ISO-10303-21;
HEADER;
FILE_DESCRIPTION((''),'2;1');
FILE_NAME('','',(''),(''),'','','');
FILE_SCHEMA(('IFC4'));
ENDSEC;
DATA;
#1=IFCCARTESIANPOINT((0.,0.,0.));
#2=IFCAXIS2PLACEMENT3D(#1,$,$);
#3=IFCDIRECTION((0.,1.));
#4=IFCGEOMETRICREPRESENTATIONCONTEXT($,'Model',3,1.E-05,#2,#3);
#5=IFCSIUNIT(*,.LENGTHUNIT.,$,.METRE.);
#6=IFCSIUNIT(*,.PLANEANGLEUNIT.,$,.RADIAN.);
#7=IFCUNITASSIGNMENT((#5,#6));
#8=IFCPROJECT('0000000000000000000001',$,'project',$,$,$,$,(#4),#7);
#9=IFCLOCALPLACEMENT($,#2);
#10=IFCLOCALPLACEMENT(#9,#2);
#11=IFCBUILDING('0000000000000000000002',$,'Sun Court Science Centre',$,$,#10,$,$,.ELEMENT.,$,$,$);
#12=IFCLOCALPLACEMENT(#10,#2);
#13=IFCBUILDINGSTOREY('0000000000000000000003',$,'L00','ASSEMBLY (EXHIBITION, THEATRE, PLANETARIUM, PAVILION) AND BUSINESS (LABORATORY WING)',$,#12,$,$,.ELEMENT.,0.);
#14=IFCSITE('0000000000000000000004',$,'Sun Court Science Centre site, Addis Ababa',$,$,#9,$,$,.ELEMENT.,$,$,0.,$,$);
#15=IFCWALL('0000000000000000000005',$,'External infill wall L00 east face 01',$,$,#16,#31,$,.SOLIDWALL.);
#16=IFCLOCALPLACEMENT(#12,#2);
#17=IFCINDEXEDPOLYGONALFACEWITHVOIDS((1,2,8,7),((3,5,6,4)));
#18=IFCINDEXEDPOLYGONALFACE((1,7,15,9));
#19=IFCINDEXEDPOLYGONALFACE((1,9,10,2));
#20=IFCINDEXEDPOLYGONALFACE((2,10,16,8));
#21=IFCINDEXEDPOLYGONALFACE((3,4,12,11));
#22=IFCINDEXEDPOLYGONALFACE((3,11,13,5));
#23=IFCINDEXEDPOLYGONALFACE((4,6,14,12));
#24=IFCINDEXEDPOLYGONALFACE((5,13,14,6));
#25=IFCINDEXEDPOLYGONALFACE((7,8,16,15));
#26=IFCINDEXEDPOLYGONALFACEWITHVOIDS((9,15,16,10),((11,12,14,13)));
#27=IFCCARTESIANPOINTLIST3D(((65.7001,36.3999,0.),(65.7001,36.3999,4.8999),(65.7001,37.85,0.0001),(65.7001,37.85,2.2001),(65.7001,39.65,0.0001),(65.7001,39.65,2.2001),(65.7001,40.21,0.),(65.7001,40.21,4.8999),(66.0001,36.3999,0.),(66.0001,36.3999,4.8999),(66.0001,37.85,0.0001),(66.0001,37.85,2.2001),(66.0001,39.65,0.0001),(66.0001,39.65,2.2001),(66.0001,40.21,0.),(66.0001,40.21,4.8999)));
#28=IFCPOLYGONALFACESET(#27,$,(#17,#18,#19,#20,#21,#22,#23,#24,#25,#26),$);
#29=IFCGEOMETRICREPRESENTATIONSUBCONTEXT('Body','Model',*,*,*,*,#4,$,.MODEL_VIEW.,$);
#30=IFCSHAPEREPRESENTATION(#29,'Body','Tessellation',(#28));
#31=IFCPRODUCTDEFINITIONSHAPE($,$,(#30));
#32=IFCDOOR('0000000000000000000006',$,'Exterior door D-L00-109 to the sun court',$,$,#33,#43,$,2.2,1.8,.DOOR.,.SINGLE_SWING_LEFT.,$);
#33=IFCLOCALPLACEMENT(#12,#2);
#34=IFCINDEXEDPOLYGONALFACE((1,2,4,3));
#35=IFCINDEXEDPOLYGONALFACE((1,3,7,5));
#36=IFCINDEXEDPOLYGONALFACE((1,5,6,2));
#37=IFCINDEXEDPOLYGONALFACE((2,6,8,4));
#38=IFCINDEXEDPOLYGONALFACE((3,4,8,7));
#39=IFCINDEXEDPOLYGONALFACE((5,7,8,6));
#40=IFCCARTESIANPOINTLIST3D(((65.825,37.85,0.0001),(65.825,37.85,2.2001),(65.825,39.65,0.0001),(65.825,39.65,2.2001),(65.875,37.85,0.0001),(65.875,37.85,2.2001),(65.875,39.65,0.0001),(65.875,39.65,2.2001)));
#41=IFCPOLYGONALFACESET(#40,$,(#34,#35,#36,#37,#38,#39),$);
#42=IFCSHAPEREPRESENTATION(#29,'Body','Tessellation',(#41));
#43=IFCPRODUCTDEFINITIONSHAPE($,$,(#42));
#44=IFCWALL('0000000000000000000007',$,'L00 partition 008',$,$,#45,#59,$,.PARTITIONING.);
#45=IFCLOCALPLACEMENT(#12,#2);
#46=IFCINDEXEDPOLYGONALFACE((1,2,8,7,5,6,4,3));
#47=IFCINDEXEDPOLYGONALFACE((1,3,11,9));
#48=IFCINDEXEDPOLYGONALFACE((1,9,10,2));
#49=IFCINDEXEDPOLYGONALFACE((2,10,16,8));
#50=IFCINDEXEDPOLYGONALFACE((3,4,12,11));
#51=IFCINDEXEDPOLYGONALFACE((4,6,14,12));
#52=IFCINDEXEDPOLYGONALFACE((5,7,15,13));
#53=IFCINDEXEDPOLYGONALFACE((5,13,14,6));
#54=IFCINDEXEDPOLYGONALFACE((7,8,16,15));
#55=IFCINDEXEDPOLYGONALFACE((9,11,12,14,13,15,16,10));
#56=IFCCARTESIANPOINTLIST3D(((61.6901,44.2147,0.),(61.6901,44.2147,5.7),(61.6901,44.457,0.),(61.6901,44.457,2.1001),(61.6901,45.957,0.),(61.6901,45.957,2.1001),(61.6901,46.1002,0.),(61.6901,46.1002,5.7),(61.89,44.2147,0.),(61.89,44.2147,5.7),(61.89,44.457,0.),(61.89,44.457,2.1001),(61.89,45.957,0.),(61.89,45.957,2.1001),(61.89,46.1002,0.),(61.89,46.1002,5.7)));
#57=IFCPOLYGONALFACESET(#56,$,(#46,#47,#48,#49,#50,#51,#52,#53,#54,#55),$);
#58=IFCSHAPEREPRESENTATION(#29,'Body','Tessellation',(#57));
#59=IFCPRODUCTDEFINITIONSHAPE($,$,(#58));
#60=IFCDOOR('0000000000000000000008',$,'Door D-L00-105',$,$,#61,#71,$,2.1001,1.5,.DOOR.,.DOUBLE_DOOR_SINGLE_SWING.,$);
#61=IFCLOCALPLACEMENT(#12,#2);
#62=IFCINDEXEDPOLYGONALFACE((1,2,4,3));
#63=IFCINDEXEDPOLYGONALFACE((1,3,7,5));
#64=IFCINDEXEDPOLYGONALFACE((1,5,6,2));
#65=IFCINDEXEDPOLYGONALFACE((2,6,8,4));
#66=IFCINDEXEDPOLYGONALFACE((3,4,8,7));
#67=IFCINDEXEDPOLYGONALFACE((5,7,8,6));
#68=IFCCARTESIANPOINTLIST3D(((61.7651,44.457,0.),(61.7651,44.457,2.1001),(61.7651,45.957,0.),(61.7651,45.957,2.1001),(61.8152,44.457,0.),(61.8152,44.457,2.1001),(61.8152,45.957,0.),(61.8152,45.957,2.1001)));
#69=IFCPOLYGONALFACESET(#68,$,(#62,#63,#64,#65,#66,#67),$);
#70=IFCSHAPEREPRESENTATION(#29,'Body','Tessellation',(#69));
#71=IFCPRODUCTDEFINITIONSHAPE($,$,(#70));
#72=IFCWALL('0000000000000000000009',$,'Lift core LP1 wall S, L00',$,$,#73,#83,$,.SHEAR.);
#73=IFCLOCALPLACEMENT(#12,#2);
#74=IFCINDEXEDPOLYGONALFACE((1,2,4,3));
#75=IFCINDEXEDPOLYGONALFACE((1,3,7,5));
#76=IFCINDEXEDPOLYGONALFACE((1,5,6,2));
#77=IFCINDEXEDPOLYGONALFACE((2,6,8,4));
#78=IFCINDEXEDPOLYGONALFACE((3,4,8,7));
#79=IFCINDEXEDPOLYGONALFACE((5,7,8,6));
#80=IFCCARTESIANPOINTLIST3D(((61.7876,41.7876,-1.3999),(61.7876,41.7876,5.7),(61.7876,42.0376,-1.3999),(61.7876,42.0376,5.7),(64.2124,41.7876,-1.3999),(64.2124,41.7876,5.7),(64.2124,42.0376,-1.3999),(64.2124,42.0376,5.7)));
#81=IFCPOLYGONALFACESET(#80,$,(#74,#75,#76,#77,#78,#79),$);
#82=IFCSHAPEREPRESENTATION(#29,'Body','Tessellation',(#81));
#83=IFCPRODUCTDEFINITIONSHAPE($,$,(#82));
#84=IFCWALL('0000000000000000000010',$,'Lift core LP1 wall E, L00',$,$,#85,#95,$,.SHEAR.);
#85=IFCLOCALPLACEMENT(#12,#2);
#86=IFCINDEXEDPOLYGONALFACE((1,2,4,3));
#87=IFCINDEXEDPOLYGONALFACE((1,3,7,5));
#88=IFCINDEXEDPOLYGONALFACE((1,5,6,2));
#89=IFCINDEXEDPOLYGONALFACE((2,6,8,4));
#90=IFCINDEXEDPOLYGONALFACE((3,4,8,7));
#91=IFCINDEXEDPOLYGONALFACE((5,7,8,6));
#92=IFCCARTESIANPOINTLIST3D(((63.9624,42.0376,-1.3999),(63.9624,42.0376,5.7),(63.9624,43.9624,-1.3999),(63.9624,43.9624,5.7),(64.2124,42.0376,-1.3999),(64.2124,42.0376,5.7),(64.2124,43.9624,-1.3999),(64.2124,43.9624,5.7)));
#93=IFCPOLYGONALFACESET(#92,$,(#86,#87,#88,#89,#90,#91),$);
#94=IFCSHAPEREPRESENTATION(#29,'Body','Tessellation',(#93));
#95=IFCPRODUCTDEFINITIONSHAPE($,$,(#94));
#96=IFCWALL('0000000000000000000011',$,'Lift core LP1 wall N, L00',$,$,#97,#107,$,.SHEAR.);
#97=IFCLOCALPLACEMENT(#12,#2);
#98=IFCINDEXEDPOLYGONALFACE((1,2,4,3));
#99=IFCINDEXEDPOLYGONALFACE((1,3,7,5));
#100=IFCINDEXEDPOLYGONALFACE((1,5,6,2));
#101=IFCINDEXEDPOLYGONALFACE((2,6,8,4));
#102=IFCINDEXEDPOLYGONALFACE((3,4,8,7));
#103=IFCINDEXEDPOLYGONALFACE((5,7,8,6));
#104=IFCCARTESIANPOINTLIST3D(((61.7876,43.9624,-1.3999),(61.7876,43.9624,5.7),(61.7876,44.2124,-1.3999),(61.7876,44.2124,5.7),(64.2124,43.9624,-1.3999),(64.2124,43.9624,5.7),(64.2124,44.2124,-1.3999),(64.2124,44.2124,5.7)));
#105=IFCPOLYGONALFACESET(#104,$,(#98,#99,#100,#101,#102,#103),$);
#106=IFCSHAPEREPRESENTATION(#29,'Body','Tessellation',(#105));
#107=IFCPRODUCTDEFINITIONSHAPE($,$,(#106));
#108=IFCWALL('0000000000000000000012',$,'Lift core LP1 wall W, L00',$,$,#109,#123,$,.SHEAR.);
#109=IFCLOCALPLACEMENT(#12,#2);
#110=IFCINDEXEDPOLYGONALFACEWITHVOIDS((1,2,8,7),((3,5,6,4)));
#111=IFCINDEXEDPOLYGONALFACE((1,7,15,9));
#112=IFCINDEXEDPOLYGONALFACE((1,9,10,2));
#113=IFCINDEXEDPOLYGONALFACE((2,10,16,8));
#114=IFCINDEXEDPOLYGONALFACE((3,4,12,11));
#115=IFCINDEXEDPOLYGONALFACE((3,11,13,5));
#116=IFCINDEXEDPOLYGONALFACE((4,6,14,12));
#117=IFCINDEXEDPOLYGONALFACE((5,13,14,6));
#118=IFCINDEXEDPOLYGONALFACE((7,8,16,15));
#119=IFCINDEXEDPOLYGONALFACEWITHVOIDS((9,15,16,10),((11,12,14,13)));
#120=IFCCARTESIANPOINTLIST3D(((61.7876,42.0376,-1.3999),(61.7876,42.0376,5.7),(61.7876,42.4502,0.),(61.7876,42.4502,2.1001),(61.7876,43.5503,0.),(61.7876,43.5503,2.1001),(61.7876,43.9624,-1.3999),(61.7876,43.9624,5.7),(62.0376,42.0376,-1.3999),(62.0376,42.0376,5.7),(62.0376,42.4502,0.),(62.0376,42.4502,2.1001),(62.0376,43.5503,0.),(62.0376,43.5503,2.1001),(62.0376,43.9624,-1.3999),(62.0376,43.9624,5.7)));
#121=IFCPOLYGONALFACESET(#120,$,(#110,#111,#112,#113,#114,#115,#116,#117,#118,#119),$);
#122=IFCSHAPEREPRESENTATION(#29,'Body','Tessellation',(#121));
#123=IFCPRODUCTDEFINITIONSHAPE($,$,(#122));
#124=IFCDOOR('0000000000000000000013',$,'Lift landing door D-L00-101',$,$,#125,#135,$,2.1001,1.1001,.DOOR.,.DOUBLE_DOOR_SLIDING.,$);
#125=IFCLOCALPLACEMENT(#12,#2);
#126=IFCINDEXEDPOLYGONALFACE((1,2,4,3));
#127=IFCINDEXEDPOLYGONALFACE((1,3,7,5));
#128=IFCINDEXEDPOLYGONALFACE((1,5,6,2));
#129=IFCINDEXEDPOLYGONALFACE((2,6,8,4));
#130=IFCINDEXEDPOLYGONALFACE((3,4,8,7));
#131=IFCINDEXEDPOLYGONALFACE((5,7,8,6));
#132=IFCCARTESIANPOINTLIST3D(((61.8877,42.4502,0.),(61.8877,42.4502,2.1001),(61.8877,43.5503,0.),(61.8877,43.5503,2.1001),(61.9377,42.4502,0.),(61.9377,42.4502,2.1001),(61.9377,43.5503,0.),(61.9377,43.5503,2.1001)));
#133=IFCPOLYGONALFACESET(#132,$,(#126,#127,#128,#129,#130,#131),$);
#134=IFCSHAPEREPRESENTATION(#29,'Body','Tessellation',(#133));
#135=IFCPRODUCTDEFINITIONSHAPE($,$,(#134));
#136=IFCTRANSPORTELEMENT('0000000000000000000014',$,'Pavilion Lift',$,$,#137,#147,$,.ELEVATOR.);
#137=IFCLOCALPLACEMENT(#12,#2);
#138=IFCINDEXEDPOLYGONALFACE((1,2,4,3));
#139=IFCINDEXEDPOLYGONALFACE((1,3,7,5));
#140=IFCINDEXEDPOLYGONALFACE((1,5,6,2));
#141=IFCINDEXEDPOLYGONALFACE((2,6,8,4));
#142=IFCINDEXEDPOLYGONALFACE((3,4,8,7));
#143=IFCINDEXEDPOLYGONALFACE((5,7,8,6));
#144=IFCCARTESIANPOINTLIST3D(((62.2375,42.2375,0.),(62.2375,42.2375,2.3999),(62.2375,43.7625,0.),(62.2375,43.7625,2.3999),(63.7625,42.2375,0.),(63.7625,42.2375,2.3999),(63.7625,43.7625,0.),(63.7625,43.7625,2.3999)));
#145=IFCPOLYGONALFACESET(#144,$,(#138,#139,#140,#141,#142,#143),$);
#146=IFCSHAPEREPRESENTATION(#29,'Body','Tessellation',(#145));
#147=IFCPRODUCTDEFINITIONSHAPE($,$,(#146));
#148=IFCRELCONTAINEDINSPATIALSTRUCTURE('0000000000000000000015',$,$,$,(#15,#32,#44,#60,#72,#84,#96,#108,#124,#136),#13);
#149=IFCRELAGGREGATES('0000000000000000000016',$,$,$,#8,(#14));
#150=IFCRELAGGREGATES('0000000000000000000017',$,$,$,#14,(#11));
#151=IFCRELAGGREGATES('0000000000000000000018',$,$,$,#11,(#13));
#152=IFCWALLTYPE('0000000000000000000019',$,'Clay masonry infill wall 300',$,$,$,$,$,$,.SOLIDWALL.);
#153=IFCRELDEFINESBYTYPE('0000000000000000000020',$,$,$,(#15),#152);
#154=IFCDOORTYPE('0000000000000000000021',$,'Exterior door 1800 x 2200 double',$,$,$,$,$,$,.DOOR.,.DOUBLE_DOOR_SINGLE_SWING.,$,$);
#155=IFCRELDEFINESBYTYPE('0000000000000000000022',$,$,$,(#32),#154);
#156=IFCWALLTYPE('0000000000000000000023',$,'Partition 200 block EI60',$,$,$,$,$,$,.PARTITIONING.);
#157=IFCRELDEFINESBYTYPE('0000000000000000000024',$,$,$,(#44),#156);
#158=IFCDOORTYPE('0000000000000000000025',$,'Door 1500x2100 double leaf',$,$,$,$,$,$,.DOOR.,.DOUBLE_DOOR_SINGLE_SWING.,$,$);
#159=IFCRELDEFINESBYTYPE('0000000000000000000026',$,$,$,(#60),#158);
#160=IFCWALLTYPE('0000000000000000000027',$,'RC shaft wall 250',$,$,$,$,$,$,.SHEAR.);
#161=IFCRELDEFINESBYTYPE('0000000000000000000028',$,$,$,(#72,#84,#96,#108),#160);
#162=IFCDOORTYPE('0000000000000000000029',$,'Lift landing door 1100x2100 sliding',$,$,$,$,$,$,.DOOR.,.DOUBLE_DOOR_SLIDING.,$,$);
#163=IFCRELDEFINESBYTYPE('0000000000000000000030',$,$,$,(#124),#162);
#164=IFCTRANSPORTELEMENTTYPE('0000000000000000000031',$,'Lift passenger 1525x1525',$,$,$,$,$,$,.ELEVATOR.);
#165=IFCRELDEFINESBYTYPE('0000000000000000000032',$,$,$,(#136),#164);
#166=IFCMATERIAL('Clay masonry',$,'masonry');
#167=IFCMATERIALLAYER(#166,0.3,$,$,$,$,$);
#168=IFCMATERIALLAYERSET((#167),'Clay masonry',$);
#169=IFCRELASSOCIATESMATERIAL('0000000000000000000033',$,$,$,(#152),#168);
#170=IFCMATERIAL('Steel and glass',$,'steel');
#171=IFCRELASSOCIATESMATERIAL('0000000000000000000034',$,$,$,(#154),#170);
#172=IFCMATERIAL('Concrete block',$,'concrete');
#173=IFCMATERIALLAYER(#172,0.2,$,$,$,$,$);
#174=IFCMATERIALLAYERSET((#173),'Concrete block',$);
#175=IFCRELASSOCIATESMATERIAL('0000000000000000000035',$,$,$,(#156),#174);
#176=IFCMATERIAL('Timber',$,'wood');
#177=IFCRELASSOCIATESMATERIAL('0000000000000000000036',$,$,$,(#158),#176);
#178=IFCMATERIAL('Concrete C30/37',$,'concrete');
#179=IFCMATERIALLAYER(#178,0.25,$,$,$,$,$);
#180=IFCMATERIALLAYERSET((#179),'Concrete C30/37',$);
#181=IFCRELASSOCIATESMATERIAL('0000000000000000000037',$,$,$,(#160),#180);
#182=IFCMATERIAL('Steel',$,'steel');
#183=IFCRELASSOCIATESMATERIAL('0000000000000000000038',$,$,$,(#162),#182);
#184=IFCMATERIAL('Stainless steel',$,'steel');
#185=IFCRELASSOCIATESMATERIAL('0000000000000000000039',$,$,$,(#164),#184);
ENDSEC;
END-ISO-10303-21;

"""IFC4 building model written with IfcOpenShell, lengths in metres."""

from ifc_helpers import new_model, si_unit, direction, frame, frame_2d, origin, origin_2d, place, context, subcontext, project, spatial, rectangle, extrude, material, layer, layer_set, type_object, element, fill, save


model = new_model("IFC4")

# Units and contexts
model_context = context("Model", 3, precision=1e-05, world=origin(), true_north=direction((0.0, 1.0)))
body_context = subcontext(model_context, "Body", "Model", "MODEL_VIEW")
ifc_project = project(units=[si_unit("LENGTHUNIT", "METRE"), si_unit("PLANEANGLEUNIT", "RADIAN")], contexts=[model_context])

# Site, building, storey
site_placement = place(None, origin())
site = spatial("IfcSite", under=ifc_project, at=site_placement, Name="Sun Court Science Centre site, Addis Ababa", CompositionType="ELEMENT", RefElevation=0.0)
building_placement = place(site_placement, origin())
building = spatial("IfcBuilding", under=site, at=building_placement, Name="Sun Court Science Centre", CompositionType="ELEMENT")
storey_placement = place(building_placement, origin())
storey = spatial("IfcBuildingStorey", under=building, at=storey_placement, Name="L00", Description="ASSEMBLY (EXHIBITION, THEATRE, PLANETARIUM, PAVILION) AND BUSINESS (LABORATORY WING)", CompositionType="ELEMENT", Elevation=0.0)

# Walls, openings, doors
ifc_material_1 = material(Name="Clay masonry", Category="masonry")
ifc_layer_1 = layer(ifc_material_1, 0.3)
ifc_layer_set_1 = layer_set([ifc_layer_1], Name="Clay masonry")
wall_type_1 = type_object("IfcWallType", Name="Clay masonry infill wall 300", PredefinedType="SOLIDWALL", material=ifc_layer_set_1)
wall_1_placement = place(storey_placement, frame((65.8501, 40.21, 0.0), z_axis=(0.0, 0.0, 1.0), x_axis=(0.0, -1.0, 0.0)))
wall_1 = element("IfcWall", 1, at=wall_1_placement, inside=storey, type_object=wall_type_1, Name="External infill wall L00 east face 01", PredefinedType="SOLIDWALL", context=body_context, shape_type="SweptSolid", body=[
    extrude(rectangle(XDim=3.8101, YDim=0.3, at=frame_2d((1.905, 0.0))), origin(), (0.0, 0.0, 1.0), 4.8999),
])
opening_1_placement = place(wall_1_placement, frame((0.5601, 0.0, 0.0)))
opening_1 = element("IfcOpeningElement", 2, at=opening_1_placement, cuts=wall_1, PredefinedType="OPENING", context=body_context, shape_type="SweptSolid", body=[
    extrude(rectangle(XDim=1.8, YDim=2.2, at=frame_2d((0.8999, 1.1001))), frame((0.0, 0.1599, 0.0), z_axis=(0.0, -1.0, 0.0), x_axis=(1.0, 0.0, 0.0)), (0.0, 0.0, 1.0), 0.3201),
])
ifc_material_2 = material(Name="Steel and glass", Category="steel")
door_type_1 = type_object("IfcDoorType", Name="Exterior door 1800 x 2200 double", OperationType="DOUBLE_DOOR_SINGLE_SWING", PredefinedType="DOOR", material=ifc_material_2)
door_1_placement = place(opening_1_placement, origin())
door_1 = element("IfcDoor", 3, at=door_1_placement, inside=storey, type_object=door_type_1, Name="Exterior door D-L00-109 to the sun court", OperationType="SINGLE_SWING_LEFT", OverallHeight=2.2, OverallWidth=1.8, PredefinedType="DOOR", context=body_context, shape_type="SweptSolid", body=[
    extrude(rectangle(XDim=1.8, YDim=2.2, at=frame_2d((0.8999, 1.1001))), frame((0.0, 0.0249, 0.0), z_axis=(0.0, -1.0, 0.0), x_axis=(1.0, 0.0, 0.0)), (0.0, 0.0, 1.0), 0.05),
])
fill(opening_1, door_1)
ifc_material_3 = material(Name="Concrete block", Category="concrete")
ifc_layer_2 = layer(ifc_material_3, 0.2)
ifc_layer_set_2 = layer_set([ifc_layer_2], Name="Concrete block")
wall_type_2 = type_object("IfcWallType", Name="Partition 200 block EI60", PredefinedType="PARTITIONING", material=ifc_layer_set_2)
wall_2_placement = place(storey_placement, frame((61.79, 44.2146, 0.0), z_axis=(0.0, 0.0, 1.0), x_axis=(0.0, 1.0, 0.0)))
wall_2 = element("IfcWall", 4, at=wall_2_placement, inside=storey, type_object=wall_type_2, Name="L00 partition 008", PredefinedType="PARTITIONING", context=body_context, shape_type="SweptSolid", body=[
    extrude(rectangle(XDim=1.8855, YDim=0.2, at=frame_2d((0.9429, 0.0))), origin(), (0.0, 0.0, 1.0), 5.7),
])
opening_2_placement = place(wall_2_placement, frame((0.2424, 0.0, 0.0)))
opening_2 = element("IfcOpeningElement", 5, at=opening_2_placement, cuts=wall_2, PredefinedType="OPENING", context=body_context, shape_type="SweptSolid", body=[
    extrude(rectangle(XDim=1.5, YDim=2.1001, at=frame_2d((0.75, 1.05))), frame((0.0, 0.1099, 0.0), z_axis=(0.0, -1.0, 0.0), x_axis=(1.0, 0.0, 0.0)), (0.0, 0.0, 1.0), 0.22),
])
ifc_material_4 = material(Name="Timber", Category="wood")
door_type_2 = type_object("IfcDoorType", Name="Door 1500x2100 double leaf", OperationType="DOUBLE_DOOR_SINGLE_SWING", PredefinedType="DOOR", material=ifc_material_4)
door_2_placement = place(opening_2_placement, origin())
door_2 = element("IfcDoor", 6, at=door_2_placement, inside=storey, type_object=door_type_2, Name="Door D-L00-105", OperationType="DOUBLE_DOOR_SINGLE_SWING", OverallHeight=2.1001, OverallWidth=1.5, PredefinedType="DOOR", context=body_context, shape_type="SweptSolid", body=[
    extrude(rectangle(XDim=1.5, YDim=2.1001, at=frame_2d((0.75, 1.05))), frame((0.0, 0.0249, 0.0), z_axis=(0.0, -1.0, 0.0), x_axis=(1.0, 0.0, 0.0)), (0.0, 0.0, 1.0), 0.05),
])
fill(opening_2, door_2)

# Walls
ifc_material_5 = material(Name="Concrete C30/37", Category="concrete")
ifc_layer_3 = layer(ifc_material_5, 0.25)
ifc_layer_set_3 = layer_set([ifc_layer_3], Name="Concrete C30/37")
wall_type_3 = type_object("IfcWallType", Name="RC shaft wall 250", PredefinedType="SHEAR", material=ifc_layer_set_3)
wall_3_placement = place(storey_placement, frame((61.7876, 41.9126, -1.3999), z_axis=(0.0, 0.0, 1.0), x_axis=(1.0, 0.0, 0.0)))
element("IfcWall", 7, at=wall_3_placement, inside=storey, type_object=wall_type_3, Name="Lift core LP1 wall S, L00", PredefinedType="SHEAR", context=body_context, shape_type="SweptSolid", body=[
    extrude(rectangle(XDim=2.4248, YDim=0.25, at=frame_2d((1.2124, 0.0))), origin(), (0.0, 0.0, 1.0), 7.0999),
])
wall_4_placement = place(storey_placement, frame((64.0874, 42.0376, -1.3999), z_axis=(0.0, 0.0, 1.0), x_axis=(0.0, 1.0, 0.0)))
element("IfcWall", 8, at=wall_4_placement, inside=storey, type_object=wall_type_3, Name="Lift core LP1 wall E, L00", PredefinedType="SHEAR", context=body_context, shape_type="SweptSolid", body=[
    extrude(rectangle(XDim=1.9248, YDim=0.25, at=frame_2d((0.9624, 0.0))), origin(), (0.0, 0.0, 1.0), 7.0999),
])
wall_5_placement = place(storey_placement, frame((61.7876, 44.0874, -1.3999), z_axis=(0.0, 0.0, 1.0), x_axis=(1.0, 0.0, 0.0)))
element("IfcWall", 9, at=wall_5_placement, inside=storey, type_object=wall_type_3, Name="Lift core LP1 wall N, L00", PredefinedType="SHEAR", context=body_context, shape_type="SweptSolid", body=[
    extrude(rectangle(XDim=2.4248, YDim=0.25, at=frame_2d((1.2124, 0.0))), origin(), (0.0, 0.0, 1.0), 7.0999),
])

# Wall, opening, door
wall_6_placement = place(storey_placement, frame((61.9126, 42.0376, -1.3999), z_axis=(0.0, 0.0, 1.0), x_axis=(0.0, 1.0, 0.0)))
wall_6 = element("IfcWall", 10, at=wall_6_placement, inside=storey, type_object=wall_type_3, Name="Lift core LP1 wall W, L00", PredefinedType="SHEAR", context=body_context, shape_type="SweptSolid", body=[
    extrude(rectangle(XDim=1.9248, YDim=0.25, at=frame_2d((0.9624, 0.0))), origin(), (0.0, 0.0, 1.0), 7.0999),
])
opening_3_placement = place(wall_6_placement, frame((0.4126, 0.0, 1.3999)))
opening_3 = element("IfcOpeningElement", 11, at=opening_3_placement, cuts=wall_6, PredefinedType="OPENING", context=body_context, shape_type="SweptSolid", body=[
    extrude(rectangle(XDim=1.1001, YDim=2.1001, at=frame_2d((0.55, 1.05))), frame((0.0, 0.135, 0.0), z_axis=(0.0, -1.0, 0.0), x_axis=(1.0, 0.0, 0.0)), (0.0, 0.0, 1.0), 0.27),
])
ifc_material_6 = material(Name="Steel", Category="steel")
door_type_3 = type_object("IfcDoorType", Name="Lift landing door 1100x2100 sliding", OperationType="DOUBLE_DOOR_SLIDING", PredefinedType="DOOR", material=ifc_material_6)
door_3_placement = place(opening_3_placement, origin())
door_3 = element("IfcDoor", 12, at=door_3_placement, inside=storey, type_object=door_type_3, Name="Lift landing door D-L00-101", OperationType="DOUBLE_DOOR_SLIDING", OverallHeight=2.1001, OverallWidth=1.1001, PredefinedType="DOOR", context=body_context, shape_type="SweptSolid", body=[
    extrude(rectangle(XDim=1.1001, YDim=2.1001, at=frame_2d((0.55, 1.05))), frame((0.0, 0.0249, 0.0), z_axis=(0.0, -1.0, 0.0), x_axis=(1.0, 0.0, 0.0)), (0.0, 0.0, 1.0), 0.05),
])
fill(opening_3, door_3)

# Transport element
ifc_material_7 = material(Name="Stainless steel", Category="steel")
transport_element_type = type_object("IfcTransportElementType", Name="Lift passenger 1525x1525", PredefinedType="ELEVATOR", material=ifc_material_7)
transport_element_placement = place(storey_placement, frame((63.0, 43.0, 0.0), z_axis=(0.0, 0.0, 1.0), x_axis=(1.0, 0.0, 0.0)))
element("IfcTransportElement", 13, at=transport_element_placement, inside=storey, type_object=transport_element_type, Name="Pavilion Lift", PredefinedType="ELEVATOR", context=body_context, shape_type="SweptSolid", body=[
    extrude(rectangle(XDim=1.5249, YDim=1.5249, at=origin_2d()), origin(), (0.0, 0.0, 1.0), 2.3999),
])

save(model, "model.ifc")
